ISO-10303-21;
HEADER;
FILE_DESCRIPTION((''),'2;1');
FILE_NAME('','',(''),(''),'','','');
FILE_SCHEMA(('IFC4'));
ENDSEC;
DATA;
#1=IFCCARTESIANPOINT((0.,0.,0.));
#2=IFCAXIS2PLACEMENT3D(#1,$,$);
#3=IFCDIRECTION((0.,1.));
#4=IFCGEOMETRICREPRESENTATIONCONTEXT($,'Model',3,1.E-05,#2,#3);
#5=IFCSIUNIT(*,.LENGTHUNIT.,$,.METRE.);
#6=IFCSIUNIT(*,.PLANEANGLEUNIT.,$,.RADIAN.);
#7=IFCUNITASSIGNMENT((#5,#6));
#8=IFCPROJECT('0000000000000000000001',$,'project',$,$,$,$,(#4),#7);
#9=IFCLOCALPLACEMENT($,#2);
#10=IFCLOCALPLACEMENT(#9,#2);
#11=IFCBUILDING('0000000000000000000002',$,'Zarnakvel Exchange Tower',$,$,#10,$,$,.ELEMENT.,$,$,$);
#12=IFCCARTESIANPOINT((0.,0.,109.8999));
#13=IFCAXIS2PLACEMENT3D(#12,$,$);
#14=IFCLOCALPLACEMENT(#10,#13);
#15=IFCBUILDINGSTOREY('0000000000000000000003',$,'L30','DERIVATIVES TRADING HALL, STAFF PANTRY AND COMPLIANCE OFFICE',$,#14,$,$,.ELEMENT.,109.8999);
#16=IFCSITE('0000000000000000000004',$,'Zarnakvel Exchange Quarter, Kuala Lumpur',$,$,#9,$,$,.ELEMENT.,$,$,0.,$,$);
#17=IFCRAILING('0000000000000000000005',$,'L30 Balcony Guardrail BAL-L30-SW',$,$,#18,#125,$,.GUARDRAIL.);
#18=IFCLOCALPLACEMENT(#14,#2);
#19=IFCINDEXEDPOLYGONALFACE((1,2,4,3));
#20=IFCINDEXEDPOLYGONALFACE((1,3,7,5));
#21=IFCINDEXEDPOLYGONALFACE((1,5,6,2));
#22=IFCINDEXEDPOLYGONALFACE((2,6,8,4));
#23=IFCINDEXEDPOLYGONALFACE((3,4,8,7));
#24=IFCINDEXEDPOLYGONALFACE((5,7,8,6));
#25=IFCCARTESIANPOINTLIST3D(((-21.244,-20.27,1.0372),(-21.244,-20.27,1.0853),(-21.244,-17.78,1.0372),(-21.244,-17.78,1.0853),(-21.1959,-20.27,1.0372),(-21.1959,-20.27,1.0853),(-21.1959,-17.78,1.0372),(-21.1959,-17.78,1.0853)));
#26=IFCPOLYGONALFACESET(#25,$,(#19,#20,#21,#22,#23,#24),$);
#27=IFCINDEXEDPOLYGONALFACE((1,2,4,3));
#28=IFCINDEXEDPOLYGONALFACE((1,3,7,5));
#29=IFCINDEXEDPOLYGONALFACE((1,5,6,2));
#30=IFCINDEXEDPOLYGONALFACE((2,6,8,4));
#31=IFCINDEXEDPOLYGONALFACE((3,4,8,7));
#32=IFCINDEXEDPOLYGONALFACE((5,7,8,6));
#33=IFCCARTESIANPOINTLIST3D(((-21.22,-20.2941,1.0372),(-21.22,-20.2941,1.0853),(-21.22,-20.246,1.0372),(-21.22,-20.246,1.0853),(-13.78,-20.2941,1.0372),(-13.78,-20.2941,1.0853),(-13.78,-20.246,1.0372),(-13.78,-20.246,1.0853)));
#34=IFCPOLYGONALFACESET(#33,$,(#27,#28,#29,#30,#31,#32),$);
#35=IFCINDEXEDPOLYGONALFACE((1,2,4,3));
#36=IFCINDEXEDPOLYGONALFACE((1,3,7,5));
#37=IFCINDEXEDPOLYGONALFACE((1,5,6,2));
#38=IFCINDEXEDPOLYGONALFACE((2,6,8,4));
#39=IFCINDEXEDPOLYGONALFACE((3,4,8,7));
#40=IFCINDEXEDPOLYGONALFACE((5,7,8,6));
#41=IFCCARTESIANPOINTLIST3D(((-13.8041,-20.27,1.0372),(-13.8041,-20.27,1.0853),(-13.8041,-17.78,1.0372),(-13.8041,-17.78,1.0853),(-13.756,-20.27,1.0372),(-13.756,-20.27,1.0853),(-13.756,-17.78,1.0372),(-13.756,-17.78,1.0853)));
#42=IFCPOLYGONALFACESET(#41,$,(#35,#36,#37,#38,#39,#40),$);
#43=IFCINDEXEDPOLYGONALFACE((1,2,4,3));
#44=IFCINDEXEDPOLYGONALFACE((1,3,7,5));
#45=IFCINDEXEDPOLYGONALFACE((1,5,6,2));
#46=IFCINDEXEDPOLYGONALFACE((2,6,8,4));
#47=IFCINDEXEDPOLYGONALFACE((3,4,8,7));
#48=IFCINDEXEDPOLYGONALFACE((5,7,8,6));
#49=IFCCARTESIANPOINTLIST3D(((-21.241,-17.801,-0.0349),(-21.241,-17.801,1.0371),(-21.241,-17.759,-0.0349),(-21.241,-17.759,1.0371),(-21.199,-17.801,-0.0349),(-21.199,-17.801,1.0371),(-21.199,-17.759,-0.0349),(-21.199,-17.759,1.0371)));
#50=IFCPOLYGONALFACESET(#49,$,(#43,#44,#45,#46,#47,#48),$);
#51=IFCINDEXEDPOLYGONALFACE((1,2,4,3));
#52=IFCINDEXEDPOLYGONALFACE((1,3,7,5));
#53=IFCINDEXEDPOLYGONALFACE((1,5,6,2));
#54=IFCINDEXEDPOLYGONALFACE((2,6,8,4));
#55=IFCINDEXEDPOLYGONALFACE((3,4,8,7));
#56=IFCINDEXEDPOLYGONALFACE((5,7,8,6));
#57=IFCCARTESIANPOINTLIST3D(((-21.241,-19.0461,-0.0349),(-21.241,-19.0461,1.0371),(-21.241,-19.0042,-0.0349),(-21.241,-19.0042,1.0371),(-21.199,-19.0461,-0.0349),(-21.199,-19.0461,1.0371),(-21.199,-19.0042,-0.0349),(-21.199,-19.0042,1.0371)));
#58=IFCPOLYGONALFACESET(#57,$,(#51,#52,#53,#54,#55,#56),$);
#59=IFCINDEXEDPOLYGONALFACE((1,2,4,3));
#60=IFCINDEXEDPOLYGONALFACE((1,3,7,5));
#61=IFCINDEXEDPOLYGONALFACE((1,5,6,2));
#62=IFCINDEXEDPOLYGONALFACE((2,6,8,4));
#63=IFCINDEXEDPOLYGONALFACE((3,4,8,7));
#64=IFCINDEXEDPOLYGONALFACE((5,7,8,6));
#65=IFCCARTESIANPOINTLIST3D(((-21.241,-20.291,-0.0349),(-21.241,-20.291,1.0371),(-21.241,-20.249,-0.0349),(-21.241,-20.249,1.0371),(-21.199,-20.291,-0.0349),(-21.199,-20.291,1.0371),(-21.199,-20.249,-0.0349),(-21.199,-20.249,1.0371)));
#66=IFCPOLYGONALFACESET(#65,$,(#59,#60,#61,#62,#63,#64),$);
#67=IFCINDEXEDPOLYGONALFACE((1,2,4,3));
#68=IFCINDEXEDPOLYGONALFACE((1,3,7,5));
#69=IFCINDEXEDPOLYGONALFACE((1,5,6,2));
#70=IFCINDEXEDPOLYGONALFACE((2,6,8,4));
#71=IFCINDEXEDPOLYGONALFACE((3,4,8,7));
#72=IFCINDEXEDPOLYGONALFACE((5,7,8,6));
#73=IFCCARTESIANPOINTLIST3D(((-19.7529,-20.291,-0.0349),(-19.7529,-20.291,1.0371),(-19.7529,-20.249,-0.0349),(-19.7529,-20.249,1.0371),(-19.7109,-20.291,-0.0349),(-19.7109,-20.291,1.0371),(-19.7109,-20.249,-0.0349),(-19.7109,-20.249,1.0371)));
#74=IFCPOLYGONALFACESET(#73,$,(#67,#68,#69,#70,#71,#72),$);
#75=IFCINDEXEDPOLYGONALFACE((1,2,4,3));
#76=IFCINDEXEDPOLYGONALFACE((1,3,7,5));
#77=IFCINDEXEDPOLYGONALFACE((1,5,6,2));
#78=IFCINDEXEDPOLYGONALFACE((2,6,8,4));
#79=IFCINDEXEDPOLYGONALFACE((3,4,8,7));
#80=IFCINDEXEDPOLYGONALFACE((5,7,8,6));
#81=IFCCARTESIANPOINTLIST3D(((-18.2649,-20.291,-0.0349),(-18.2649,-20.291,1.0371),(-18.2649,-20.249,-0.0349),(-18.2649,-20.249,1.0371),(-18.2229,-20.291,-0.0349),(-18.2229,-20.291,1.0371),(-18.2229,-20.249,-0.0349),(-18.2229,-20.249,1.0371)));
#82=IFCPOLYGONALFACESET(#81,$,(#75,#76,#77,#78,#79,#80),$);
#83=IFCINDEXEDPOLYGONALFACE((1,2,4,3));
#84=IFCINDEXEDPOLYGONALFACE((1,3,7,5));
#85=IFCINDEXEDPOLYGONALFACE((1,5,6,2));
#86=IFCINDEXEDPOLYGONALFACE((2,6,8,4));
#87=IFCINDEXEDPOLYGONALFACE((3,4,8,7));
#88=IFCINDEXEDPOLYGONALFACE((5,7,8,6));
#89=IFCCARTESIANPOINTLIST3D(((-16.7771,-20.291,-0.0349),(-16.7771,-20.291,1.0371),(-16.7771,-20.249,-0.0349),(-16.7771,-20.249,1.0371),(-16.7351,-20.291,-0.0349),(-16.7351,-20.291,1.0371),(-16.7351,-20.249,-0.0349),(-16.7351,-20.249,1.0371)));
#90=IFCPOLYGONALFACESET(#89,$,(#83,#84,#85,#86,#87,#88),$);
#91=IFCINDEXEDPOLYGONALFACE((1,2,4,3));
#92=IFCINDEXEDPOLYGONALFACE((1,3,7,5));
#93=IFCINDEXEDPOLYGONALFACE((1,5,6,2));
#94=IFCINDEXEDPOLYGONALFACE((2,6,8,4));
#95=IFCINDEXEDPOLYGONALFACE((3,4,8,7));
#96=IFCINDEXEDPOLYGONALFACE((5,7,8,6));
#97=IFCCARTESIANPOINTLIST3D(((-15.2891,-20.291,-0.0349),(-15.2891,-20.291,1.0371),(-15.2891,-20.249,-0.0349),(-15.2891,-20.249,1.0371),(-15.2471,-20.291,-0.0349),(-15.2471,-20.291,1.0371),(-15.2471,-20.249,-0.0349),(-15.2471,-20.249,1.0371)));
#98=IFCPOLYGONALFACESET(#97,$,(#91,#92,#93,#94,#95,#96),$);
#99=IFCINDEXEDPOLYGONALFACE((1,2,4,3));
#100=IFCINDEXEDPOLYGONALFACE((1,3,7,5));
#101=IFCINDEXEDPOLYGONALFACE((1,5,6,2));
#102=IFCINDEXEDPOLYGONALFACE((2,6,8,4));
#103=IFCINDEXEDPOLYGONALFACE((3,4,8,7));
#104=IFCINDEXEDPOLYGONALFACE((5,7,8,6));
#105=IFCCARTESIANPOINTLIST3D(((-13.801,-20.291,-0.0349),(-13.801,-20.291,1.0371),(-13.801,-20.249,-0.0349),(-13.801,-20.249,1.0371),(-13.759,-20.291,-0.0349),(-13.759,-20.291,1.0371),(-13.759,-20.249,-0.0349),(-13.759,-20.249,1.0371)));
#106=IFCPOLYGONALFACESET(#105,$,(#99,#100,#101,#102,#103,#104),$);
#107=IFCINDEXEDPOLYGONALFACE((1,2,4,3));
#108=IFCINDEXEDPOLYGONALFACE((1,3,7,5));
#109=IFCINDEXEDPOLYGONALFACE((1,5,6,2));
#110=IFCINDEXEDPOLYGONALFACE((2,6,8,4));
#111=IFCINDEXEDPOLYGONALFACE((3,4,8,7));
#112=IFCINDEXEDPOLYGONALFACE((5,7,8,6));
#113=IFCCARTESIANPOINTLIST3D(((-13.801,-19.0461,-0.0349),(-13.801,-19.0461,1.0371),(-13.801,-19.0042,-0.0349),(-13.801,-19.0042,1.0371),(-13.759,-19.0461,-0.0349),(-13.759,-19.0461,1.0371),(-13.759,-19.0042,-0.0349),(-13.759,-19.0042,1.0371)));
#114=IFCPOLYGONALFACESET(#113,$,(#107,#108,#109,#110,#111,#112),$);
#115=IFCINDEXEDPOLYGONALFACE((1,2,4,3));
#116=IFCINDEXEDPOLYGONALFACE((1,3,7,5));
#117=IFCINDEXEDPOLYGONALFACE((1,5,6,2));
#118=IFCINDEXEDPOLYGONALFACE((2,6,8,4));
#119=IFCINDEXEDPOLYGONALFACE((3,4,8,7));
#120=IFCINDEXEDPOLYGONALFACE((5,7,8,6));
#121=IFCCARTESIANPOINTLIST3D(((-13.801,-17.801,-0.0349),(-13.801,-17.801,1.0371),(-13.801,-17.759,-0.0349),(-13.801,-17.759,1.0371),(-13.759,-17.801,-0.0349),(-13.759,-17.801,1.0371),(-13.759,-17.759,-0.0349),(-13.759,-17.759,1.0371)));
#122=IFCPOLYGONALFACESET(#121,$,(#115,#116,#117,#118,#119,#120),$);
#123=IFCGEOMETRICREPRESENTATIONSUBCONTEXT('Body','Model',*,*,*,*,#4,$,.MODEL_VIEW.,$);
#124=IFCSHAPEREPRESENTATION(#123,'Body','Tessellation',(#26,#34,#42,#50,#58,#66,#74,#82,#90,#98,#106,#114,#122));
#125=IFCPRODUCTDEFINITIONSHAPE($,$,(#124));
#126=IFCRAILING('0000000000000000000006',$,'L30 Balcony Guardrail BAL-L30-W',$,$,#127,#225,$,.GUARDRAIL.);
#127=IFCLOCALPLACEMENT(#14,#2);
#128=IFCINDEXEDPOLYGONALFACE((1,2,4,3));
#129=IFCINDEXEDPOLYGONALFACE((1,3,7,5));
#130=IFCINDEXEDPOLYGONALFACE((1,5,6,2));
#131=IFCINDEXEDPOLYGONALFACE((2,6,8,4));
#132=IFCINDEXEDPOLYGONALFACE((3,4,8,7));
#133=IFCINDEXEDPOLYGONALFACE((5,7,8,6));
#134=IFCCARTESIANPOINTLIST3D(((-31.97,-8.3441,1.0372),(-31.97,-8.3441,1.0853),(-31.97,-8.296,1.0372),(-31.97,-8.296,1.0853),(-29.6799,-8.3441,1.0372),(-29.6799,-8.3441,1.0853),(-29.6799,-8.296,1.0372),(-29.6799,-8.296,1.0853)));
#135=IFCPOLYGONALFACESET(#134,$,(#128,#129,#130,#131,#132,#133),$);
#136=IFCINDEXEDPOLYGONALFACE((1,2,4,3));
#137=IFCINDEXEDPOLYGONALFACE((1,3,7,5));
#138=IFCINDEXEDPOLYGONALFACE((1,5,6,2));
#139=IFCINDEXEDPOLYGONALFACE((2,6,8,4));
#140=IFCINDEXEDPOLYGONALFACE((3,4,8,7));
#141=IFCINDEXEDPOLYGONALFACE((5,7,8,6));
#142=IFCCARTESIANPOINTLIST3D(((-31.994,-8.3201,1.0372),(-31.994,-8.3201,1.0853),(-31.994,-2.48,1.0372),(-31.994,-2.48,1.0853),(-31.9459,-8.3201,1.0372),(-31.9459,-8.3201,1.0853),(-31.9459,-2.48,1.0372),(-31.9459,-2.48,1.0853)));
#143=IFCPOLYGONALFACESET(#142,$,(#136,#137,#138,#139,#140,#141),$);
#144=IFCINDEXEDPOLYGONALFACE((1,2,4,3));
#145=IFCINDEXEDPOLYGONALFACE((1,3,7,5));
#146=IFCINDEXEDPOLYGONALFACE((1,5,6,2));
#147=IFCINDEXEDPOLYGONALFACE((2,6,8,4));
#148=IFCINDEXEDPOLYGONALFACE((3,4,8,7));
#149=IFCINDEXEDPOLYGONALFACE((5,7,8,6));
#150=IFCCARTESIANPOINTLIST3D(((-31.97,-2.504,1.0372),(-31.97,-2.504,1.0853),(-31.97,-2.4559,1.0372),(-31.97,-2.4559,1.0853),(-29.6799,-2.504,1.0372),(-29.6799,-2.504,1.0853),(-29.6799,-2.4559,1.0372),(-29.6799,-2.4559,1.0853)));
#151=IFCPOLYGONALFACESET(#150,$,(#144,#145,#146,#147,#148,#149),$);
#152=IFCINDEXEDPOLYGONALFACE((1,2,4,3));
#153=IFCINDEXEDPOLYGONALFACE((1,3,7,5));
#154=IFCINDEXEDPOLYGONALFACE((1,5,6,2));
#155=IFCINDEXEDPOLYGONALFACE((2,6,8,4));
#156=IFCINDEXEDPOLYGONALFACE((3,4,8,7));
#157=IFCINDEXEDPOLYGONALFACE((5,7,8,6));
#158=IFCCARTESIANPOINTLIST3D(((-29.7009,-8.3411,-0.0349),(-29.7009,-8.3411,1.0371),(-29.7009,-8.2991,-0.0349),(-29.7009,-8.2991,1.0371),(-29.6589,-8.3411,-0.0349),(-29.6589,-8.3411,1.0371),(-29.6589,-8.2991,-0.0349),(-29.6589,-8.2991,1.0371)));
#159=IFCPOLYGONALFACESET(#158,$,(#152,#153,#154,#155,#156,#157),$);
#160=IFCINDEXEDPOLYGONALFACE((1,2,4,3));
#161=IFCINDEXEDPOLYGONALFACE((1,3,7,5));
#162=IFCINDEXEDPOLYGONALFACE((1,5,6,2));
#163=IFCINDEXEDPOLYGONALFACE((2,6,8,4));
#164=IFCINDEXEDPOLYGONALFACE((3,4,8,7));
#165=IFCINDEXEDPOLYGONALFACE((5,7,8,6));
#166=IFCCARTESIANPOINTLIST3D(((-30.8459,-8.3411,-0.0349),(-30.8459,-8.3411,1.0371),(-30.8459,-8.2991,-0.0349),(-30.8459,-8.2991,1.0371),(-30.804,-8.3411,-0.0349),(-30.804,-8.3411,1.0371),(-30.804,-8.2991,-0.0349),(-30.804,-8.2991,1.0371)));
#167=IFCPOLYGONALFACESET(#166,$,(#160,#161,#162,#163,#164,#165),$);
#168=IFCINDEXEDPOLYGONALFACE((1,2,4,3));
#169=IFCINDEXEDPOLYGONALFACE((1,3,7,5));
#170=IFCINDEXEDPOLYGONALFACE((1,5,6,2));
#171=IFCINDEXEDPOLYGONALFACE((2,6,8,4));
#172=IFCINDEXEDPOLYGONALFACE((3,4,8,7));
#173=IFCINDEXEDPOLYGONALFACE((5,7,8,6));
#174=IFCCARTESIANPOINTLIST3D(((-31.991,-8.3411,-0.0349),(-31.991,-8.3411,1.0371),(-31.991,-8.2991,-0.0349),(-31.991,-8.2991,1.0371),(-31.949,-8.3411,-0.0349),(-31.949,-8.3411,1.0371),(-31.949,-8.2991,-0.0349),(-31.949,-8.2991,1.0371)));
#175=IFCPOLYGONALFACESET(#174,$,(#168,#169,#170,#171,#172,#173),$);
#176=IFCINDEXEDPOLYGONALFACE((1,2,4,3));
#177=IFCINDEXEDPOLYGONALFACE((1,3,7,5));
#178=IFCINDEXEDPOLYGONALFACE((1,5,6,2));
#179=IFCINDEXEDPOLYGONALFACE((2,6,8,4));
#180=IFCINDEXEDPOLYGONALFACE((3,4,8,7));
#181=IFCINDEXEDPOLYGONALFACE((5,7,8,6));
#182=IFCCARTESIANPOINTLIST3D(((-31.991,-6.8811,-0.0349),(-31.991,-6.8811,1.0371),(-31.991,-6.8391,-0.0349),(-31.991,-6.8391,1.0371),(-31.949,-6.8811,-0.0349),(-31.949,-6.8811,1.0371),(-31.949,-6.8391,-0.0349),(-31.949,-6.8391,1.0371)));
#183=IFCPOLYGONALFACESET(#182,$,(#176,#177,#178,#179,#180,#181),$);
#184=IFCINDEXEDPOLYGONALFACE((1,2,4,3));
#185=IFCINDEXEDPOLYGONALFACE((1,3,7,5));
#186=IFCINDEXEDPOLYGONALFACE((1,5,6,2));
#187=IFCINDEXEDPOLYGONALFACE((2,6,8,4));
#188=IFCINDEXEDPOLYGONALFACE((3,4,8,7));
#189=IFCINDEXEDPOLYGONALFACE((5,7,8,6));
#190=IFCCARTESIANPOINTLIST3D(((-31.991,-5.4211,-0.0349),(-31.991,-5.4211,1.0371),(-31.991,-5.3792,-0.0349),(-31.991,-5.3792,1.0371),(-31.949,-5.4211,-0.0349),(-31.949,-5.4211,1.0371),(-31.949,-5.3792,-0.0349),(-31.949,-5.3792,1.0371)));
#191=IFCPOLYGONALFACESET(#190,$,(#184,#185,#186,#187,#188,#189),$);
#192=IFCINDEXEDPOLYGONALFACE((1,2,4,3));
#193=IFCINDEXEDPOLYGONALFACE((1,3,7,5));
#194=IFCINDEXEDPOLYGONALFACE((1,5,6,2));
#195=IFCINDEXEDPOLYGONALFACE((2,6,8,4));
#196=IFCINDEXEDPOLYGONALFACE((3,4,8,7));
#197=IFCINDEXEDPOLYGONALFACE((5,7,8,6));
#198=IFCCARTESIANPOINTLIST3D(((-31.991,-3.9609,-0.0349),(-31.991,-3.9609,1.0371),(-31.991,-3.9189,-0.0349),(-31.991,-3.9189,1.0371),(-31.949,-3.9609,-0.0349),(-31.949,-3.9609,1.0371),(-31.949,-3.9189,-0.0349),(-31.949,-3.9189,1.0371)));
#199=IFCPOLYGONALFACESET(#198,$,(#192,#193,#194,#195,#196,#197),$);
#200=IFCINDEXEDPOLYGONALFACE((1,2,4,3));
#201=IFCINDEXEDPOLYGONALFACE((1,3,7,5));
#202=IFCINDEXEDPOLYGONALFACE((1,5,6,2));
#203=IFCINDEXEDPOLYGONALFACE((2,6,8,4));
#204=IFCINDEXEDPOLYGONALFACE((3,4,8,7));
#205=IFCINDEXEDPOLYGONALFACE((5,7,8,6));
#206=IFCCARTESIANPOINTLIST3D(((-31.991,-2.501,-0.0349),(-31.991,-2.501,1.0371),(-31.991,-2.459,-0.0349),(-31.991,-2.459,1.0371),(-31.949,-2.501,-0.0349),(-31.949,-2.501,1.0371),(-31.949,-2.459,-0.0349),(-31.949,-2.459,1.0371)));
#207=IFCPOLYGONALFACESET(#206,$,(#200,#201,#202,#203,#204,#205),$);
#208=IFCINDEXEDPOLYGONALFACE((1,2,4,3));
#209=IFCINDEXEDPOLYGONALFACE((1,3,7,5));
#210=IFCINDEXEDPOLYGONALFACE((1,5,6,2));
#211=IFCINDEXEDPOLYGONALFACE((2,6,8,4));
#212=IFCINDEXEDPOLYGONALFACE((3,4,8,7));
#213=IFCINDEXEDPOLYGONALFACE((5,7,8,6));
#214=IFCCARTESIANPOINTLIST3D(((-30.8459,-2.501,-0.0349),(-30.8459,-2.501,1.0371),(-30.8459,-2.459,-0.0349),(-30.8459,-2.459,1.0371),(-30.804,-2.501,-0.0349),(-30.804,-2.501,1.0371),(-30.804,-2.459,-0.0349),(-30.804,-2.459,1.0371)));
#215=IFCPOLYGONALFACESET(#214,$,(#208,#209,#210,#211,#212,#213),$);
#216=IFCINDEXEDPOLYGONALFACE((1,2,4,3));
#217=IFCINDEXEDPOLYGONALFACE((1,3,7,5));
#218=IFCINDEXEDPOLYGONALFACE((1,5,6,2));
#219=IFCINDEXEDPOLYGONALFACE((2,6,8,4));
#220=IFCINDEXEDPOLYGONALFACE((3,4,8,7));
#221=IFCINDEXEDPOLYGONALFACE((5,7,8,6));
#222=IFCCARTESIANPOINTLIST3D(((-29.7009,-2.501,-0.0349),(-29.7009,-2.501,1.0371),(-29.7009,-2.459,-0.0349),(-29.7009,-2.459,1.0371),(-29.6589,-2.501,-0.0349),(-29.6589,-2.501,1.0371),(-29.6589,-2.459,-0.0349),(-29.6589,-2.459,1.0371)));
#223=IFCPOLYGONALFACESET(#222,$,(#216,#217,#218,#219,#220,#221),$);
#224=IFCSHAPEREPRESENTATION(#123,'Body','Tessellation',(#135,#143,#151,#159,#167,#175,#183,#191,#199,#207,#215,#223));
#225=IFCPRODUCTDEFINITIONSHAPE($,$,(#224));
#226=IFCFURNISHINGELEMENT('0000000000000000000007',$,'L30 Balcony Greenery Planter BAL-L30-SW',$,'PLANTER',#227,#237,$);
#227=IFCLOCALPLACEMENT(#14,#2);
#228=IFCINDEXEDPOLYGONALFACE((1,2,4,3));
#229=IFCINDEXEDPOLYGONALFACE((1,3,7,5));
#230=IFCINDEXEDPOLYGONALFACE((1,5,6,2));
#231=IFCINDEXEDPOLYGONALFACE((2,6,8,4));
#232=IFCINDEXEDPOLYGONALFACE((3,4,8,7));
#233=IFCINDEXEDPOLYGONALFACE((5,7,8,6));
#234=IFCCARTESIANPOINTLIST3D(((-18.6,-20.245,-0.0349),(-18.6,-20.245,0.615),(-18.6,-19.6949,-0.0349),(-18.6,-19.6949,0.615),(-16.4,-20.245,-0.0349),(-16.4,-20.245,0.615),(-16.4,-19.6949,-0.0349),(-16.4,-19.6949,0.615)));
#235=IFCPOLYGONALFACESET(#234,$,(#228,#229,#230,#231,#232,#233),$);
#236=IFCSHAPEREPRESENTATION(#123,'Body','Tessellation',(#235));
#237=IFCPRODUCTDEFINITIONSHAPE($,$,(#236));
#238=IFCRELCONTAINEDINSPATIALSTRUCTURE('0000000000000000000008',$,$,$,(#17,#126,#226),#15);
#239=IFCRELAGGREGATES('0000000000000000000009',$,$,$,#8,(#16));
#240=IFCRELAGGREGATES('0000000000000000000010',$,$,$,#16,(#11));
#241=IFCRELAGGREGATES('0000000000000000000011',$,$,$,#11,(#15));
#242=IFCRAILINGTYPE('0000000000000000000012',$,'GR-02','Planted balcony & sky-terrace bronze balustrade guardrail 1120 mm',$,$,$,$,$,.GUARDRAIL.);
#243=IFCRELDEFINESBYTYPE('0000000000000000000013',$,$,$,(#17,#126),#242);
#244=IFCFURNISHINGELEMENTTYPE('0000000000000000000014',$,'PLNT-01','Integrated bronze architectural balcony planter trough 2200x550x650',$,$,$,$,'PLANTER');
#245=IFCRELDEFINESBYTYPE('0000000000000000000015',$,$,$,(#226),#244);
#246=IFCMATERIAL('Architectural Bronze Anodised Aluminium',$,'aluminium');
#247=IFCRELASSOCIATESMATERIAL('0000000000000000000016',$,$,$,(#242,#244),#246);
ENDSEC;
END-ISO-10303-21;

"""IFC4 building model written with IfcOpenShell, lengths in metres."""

from ifc_helpers import new_model, si_unit, direction, frame, origin, origin_2d, place, context, subcontext, project, spatial, rectangle, extrude, source, transform, mapped, material, type_object, element, save


model = new_model("IFC4")

# Units and contexts
model_context = context("Model", 3, precision=1e-05, world=origin(), true_north=direction((0.0, 1.0)))
body_context = subcontext(model_context, "Body", "Model", "MODEL_VIEW")
ifc_project = project(units=[si_unit("LENGTHUNIT", "METRE"), si_unit("PLANEANGLEUNIT", "RADIAN")], contexts=[model_context])

# Site, building, storey
site_placement = place(None, origin())
site = spatial("IfcSite", under=ifc_project, at=site_placement, Name="Zarnakvel Exchange Quarter, Kuala Lumpur", CompositionType="ELEMENT", RefElevation=0.0)
building_placement = place(site_placement, origin())
building = spatial("IfcBuilding", under=site, at=building_placement, Name="Zarnakvel Exchange Tower", CompositionType="ELEMENT")
storey_placement = place(building_placement, frame((0.0, 0.0, 109.8999)))
storey = spatial("IfcBuildingStorey", under=building, at=storey_placement, Name="L30", Description="DERIVATIVES TRADING HALL, STAFF PANTRY AND COMPLIANCE OFFICE", CompositionType="ELEMENT", Elevation=109.8999)

# Shared definitions
ifc_material_1 = material(Name="Architectural Bronze Anodised Aluminium", Category="aluminium")

# Railings
railing_type = type_object("IfcRailingType", Name="GR-02", Description="Planted balcony & sky-terrace bronze balustrade guardrail 1120 mm", PredefinedType="GUARDRAIL", material=ifc_material_1)
railing_1_placement = place(storey_placement, frame((-21.22, -17.78, -0.0349)))
element("IfcRailing", 1, at=railing_1_placement, inside=storey, type_object=railing_type, Name="L30 Balcony Guardrail BAL-L30-SW", PredefinedType="GUARDRAIL", context=body_context, shape_type="SweptSolid", body=[
    extrude(rectangle(XDim=0.0481, YDim=0.0481, at=origin_2d()), frame((0.0, 0.0, 1.0962), z_axis=(0.0, -1.0, 0.0), x_axis=(1.0, 0.0, 0.0)), (0.0, 0.0, 1.0), 2.49),
    extrude(rectangle(XDim=0.0481, YDim=0.0481, at=origin_2d()), frame((0.0, -2.49, 1.0962), z_axis=(1.0, 0.0, 0.0), x_axis=(0.0, 1.0, 0.0)), (0.0, 0.0, 1.0), 7.4399),
    extrude(rectangle(XDim=0.0481, YDim=0.0481, at=origin_2d()), frame((7.4399, -2.49, 1.0962), z_axis=(0.0, 1.0, 0.0), x_axis=(-1.0, 0.0, 0.0)), (0.0, 0.0, 1.0), 2.49),
    extrude(rectangle(XDim=0.042, YDim=0.042, at=origin_2d()), origin(), (0.0, 0.0, 1.0), 1.072),
    extrude(rectangle(XDim=0.042, YDim=0.042, at=origin_2d()), frame((0.0, -1.2451, 0.0)), (0.0, 0.0, 1.0), 1.072),
    extrude(rectangle(XDim=0.042, YDim=0.042, at=origin_2d()), frame((0.0, -2.49, 0.0)), (0.0, 0.0, 1.0), 1.072),
    extrude(rectangle(XDim=0.042, YDim=0.042, at=origin_2d()), frame((1.488, -2.49, 0.0)), (0.0, 0.0, 1.0), 1.072),
    extrude(rectangle(XDim=0.042, YDim=0.042, at=origin_2d()), frame((2.9761, -2.49, 0.0)), (0.0, 0.0, 1.0), 1.072),
    extrude(rectangle(XDim=0.042, YDim=0.042, at=origin_2d()), frame((4.4639, -2.49, 0.0)), (0.0, 0.0, 1.0), 1.072),
    extrude(rectangle(XDim=0.042, YDim=0.042, at=origin_2d()), frame((5.9519, -2.49, 0.0)), (0.0, 0.0, 1.0), 1.072),
    extrude(rectangle(XDim=0.042, YDim=0.042, at=origin_2d()), frame((7.4399, -2.49, 0.0)), (0.0, 0.0, 1.0), 1.072),
    extrude(rectangle(XDim=0.042, YDim=0.042, at=origin_2d()), frame((7.4399, -1.2451, 0.0)), (0.0, 0.0, 1.0), 1.072),
    extrude(rectangle(XDim=0.042, YDim=0.042, at=origin_2d()), frame((7.4399, 0.0, 0.0)), (0.0, 0.0, 1.0), 1.072),
])
railing_2_placement = place(storey_placement, frame((-29.6799, -8.3201, -0.0349)))
element("IfcRailing", 2, at=railing_2_placement, inside=storey, type_object=railing_type, Name="L30 Balcony Guardrail BAL-L30-W", PredefinedType="GUARDRAIL", context=body_context, shape_type="SweptSolid", body=[
    extrude(rectangle(XDim=0.0481, YDim=0.0481, at=origin_2d()), frame((0.0, 0.0, 1.0962), z_axis=(-1.0, 0.0, 0.0), x_axis=(0.0, -1.0, 0.0)), (0.0, 0.0, 1.0), 2.29),
    extrude(rectangle(XDim=0.0481, YDim=0.0481, at=origin_2d()), frame((-2.29, 0.0, 1.0962), z_axis=(0.0, 1.0, 0.0), x_axis=(-1.0, 0.0, 0.0)), (0.0, 0.0, 1.0), 5.8401),
    extrude(rectangle(XDim=0.0481, YDim=0.0481, at=origin_2d()), frame((-2.29, 5.8401, 1.0962), z_axis=(1.0, 0.0, 0.0), x_axis=(0.0, 1.0, 0.0)), (0.0, 0.0, 1.0), 2.29),
    extrude(rectangle(XDim=0.042, YDim=0.042, at=origin_2d()), origin(), (0.0, 0.0, 1.0), 1.072),
    extrude(rectangle(XDim=0.042, YDim=0.042, at=origin_2d()), frame((-1.145, 0.0, 0.0)), (0.0, 0.0, 1.0), 1.072),
    extrude(rectangle(XDim=0.042, YDim=0.042, at=origin_2d()), frame((-2.29, 0.0, 0.0)), (0.0, 0.0, 1.0), 1.072),
    extrude(rectangle(XDim=0.042, YDim=0.042, at=origin_2d()), frame((-2.29, 1.46, 0.0)), (0.0, 0.0, 1.0), 1.072),
    extrude(rectangle(XDim=0.042, YDim=0.042, at=origin_2d()), frame((-2.29, 2.9199, 0.0)), (0.0, 0.0, 1.0), 1.072),
    extrude(rectangle(XDim=0.042, YDim=0.042, at=origin_2d()), frame((-2.29, 4.3801, 0.0)), (0.0, 0.0, 1.0), 1.072),
    extrude(rectangle(XDim=0.042, YDim=0.042, at=origin_2d()), frame((-2.29, 5.8401, 0.0)), (0.0, 0.0, 1.0), 1.072),
    extrude(rectangle(XDim=0.042, YDim=0.042, at=origin_2d()), frame((-1.145, 5.8401, 0.0)), (0.0, 0.0, 1.0), 1.072),
    extrude(rectangle(XDim=0.042, YDim=0.042, at=origin_2d()), frame((0.0, 5.8401, 0.0)), (0.0, 0.0, 1.0), 1.072),
])

# Furnishing element
furnishing_element_type = type_object("IfcFurnishingElementType", Name="PLNT-01", Description="Integrated bronze architectural balcony planter trough 2200x550x650", ElementType="PLANTER", material=ifc_material_1)
shared_shape_1 = source(origin(), body_context, "Body", "SweptSolid", [
    extrude(rectangle(XDim=2.2, YDim=0.55, at=origin_2d()), origin(), (0.0, 0.0, 1.0), 0.6499),
])
furnishing_placement = place(storey_placement, frame((-17.5, -19.97, -0.0349), z_axis=(0.0, 0.0, 1.0), x_axis=(1.0, 0.0, 0.0)))
element("IfcFurnishingElement", 3, at=furnishing_placement, inside=storey, type_object=furnishing_element_type, Name="L30 Balcony Greenery Planter BAL-L30-SW", ObjectType="PLANTER", context=body_context, shape_type="MappedRepresentation", body=[
    mapped(shared_shape_1, transform((0.0, 0.0, 0.0), x_axis=(1.0, 0.0, 0.0), y_axis=(0.0, 1.0, 0.0), z_axis=(0.0, 0.0, 1.0), scale=1.0)),
])

save(model, "model.ifc")
